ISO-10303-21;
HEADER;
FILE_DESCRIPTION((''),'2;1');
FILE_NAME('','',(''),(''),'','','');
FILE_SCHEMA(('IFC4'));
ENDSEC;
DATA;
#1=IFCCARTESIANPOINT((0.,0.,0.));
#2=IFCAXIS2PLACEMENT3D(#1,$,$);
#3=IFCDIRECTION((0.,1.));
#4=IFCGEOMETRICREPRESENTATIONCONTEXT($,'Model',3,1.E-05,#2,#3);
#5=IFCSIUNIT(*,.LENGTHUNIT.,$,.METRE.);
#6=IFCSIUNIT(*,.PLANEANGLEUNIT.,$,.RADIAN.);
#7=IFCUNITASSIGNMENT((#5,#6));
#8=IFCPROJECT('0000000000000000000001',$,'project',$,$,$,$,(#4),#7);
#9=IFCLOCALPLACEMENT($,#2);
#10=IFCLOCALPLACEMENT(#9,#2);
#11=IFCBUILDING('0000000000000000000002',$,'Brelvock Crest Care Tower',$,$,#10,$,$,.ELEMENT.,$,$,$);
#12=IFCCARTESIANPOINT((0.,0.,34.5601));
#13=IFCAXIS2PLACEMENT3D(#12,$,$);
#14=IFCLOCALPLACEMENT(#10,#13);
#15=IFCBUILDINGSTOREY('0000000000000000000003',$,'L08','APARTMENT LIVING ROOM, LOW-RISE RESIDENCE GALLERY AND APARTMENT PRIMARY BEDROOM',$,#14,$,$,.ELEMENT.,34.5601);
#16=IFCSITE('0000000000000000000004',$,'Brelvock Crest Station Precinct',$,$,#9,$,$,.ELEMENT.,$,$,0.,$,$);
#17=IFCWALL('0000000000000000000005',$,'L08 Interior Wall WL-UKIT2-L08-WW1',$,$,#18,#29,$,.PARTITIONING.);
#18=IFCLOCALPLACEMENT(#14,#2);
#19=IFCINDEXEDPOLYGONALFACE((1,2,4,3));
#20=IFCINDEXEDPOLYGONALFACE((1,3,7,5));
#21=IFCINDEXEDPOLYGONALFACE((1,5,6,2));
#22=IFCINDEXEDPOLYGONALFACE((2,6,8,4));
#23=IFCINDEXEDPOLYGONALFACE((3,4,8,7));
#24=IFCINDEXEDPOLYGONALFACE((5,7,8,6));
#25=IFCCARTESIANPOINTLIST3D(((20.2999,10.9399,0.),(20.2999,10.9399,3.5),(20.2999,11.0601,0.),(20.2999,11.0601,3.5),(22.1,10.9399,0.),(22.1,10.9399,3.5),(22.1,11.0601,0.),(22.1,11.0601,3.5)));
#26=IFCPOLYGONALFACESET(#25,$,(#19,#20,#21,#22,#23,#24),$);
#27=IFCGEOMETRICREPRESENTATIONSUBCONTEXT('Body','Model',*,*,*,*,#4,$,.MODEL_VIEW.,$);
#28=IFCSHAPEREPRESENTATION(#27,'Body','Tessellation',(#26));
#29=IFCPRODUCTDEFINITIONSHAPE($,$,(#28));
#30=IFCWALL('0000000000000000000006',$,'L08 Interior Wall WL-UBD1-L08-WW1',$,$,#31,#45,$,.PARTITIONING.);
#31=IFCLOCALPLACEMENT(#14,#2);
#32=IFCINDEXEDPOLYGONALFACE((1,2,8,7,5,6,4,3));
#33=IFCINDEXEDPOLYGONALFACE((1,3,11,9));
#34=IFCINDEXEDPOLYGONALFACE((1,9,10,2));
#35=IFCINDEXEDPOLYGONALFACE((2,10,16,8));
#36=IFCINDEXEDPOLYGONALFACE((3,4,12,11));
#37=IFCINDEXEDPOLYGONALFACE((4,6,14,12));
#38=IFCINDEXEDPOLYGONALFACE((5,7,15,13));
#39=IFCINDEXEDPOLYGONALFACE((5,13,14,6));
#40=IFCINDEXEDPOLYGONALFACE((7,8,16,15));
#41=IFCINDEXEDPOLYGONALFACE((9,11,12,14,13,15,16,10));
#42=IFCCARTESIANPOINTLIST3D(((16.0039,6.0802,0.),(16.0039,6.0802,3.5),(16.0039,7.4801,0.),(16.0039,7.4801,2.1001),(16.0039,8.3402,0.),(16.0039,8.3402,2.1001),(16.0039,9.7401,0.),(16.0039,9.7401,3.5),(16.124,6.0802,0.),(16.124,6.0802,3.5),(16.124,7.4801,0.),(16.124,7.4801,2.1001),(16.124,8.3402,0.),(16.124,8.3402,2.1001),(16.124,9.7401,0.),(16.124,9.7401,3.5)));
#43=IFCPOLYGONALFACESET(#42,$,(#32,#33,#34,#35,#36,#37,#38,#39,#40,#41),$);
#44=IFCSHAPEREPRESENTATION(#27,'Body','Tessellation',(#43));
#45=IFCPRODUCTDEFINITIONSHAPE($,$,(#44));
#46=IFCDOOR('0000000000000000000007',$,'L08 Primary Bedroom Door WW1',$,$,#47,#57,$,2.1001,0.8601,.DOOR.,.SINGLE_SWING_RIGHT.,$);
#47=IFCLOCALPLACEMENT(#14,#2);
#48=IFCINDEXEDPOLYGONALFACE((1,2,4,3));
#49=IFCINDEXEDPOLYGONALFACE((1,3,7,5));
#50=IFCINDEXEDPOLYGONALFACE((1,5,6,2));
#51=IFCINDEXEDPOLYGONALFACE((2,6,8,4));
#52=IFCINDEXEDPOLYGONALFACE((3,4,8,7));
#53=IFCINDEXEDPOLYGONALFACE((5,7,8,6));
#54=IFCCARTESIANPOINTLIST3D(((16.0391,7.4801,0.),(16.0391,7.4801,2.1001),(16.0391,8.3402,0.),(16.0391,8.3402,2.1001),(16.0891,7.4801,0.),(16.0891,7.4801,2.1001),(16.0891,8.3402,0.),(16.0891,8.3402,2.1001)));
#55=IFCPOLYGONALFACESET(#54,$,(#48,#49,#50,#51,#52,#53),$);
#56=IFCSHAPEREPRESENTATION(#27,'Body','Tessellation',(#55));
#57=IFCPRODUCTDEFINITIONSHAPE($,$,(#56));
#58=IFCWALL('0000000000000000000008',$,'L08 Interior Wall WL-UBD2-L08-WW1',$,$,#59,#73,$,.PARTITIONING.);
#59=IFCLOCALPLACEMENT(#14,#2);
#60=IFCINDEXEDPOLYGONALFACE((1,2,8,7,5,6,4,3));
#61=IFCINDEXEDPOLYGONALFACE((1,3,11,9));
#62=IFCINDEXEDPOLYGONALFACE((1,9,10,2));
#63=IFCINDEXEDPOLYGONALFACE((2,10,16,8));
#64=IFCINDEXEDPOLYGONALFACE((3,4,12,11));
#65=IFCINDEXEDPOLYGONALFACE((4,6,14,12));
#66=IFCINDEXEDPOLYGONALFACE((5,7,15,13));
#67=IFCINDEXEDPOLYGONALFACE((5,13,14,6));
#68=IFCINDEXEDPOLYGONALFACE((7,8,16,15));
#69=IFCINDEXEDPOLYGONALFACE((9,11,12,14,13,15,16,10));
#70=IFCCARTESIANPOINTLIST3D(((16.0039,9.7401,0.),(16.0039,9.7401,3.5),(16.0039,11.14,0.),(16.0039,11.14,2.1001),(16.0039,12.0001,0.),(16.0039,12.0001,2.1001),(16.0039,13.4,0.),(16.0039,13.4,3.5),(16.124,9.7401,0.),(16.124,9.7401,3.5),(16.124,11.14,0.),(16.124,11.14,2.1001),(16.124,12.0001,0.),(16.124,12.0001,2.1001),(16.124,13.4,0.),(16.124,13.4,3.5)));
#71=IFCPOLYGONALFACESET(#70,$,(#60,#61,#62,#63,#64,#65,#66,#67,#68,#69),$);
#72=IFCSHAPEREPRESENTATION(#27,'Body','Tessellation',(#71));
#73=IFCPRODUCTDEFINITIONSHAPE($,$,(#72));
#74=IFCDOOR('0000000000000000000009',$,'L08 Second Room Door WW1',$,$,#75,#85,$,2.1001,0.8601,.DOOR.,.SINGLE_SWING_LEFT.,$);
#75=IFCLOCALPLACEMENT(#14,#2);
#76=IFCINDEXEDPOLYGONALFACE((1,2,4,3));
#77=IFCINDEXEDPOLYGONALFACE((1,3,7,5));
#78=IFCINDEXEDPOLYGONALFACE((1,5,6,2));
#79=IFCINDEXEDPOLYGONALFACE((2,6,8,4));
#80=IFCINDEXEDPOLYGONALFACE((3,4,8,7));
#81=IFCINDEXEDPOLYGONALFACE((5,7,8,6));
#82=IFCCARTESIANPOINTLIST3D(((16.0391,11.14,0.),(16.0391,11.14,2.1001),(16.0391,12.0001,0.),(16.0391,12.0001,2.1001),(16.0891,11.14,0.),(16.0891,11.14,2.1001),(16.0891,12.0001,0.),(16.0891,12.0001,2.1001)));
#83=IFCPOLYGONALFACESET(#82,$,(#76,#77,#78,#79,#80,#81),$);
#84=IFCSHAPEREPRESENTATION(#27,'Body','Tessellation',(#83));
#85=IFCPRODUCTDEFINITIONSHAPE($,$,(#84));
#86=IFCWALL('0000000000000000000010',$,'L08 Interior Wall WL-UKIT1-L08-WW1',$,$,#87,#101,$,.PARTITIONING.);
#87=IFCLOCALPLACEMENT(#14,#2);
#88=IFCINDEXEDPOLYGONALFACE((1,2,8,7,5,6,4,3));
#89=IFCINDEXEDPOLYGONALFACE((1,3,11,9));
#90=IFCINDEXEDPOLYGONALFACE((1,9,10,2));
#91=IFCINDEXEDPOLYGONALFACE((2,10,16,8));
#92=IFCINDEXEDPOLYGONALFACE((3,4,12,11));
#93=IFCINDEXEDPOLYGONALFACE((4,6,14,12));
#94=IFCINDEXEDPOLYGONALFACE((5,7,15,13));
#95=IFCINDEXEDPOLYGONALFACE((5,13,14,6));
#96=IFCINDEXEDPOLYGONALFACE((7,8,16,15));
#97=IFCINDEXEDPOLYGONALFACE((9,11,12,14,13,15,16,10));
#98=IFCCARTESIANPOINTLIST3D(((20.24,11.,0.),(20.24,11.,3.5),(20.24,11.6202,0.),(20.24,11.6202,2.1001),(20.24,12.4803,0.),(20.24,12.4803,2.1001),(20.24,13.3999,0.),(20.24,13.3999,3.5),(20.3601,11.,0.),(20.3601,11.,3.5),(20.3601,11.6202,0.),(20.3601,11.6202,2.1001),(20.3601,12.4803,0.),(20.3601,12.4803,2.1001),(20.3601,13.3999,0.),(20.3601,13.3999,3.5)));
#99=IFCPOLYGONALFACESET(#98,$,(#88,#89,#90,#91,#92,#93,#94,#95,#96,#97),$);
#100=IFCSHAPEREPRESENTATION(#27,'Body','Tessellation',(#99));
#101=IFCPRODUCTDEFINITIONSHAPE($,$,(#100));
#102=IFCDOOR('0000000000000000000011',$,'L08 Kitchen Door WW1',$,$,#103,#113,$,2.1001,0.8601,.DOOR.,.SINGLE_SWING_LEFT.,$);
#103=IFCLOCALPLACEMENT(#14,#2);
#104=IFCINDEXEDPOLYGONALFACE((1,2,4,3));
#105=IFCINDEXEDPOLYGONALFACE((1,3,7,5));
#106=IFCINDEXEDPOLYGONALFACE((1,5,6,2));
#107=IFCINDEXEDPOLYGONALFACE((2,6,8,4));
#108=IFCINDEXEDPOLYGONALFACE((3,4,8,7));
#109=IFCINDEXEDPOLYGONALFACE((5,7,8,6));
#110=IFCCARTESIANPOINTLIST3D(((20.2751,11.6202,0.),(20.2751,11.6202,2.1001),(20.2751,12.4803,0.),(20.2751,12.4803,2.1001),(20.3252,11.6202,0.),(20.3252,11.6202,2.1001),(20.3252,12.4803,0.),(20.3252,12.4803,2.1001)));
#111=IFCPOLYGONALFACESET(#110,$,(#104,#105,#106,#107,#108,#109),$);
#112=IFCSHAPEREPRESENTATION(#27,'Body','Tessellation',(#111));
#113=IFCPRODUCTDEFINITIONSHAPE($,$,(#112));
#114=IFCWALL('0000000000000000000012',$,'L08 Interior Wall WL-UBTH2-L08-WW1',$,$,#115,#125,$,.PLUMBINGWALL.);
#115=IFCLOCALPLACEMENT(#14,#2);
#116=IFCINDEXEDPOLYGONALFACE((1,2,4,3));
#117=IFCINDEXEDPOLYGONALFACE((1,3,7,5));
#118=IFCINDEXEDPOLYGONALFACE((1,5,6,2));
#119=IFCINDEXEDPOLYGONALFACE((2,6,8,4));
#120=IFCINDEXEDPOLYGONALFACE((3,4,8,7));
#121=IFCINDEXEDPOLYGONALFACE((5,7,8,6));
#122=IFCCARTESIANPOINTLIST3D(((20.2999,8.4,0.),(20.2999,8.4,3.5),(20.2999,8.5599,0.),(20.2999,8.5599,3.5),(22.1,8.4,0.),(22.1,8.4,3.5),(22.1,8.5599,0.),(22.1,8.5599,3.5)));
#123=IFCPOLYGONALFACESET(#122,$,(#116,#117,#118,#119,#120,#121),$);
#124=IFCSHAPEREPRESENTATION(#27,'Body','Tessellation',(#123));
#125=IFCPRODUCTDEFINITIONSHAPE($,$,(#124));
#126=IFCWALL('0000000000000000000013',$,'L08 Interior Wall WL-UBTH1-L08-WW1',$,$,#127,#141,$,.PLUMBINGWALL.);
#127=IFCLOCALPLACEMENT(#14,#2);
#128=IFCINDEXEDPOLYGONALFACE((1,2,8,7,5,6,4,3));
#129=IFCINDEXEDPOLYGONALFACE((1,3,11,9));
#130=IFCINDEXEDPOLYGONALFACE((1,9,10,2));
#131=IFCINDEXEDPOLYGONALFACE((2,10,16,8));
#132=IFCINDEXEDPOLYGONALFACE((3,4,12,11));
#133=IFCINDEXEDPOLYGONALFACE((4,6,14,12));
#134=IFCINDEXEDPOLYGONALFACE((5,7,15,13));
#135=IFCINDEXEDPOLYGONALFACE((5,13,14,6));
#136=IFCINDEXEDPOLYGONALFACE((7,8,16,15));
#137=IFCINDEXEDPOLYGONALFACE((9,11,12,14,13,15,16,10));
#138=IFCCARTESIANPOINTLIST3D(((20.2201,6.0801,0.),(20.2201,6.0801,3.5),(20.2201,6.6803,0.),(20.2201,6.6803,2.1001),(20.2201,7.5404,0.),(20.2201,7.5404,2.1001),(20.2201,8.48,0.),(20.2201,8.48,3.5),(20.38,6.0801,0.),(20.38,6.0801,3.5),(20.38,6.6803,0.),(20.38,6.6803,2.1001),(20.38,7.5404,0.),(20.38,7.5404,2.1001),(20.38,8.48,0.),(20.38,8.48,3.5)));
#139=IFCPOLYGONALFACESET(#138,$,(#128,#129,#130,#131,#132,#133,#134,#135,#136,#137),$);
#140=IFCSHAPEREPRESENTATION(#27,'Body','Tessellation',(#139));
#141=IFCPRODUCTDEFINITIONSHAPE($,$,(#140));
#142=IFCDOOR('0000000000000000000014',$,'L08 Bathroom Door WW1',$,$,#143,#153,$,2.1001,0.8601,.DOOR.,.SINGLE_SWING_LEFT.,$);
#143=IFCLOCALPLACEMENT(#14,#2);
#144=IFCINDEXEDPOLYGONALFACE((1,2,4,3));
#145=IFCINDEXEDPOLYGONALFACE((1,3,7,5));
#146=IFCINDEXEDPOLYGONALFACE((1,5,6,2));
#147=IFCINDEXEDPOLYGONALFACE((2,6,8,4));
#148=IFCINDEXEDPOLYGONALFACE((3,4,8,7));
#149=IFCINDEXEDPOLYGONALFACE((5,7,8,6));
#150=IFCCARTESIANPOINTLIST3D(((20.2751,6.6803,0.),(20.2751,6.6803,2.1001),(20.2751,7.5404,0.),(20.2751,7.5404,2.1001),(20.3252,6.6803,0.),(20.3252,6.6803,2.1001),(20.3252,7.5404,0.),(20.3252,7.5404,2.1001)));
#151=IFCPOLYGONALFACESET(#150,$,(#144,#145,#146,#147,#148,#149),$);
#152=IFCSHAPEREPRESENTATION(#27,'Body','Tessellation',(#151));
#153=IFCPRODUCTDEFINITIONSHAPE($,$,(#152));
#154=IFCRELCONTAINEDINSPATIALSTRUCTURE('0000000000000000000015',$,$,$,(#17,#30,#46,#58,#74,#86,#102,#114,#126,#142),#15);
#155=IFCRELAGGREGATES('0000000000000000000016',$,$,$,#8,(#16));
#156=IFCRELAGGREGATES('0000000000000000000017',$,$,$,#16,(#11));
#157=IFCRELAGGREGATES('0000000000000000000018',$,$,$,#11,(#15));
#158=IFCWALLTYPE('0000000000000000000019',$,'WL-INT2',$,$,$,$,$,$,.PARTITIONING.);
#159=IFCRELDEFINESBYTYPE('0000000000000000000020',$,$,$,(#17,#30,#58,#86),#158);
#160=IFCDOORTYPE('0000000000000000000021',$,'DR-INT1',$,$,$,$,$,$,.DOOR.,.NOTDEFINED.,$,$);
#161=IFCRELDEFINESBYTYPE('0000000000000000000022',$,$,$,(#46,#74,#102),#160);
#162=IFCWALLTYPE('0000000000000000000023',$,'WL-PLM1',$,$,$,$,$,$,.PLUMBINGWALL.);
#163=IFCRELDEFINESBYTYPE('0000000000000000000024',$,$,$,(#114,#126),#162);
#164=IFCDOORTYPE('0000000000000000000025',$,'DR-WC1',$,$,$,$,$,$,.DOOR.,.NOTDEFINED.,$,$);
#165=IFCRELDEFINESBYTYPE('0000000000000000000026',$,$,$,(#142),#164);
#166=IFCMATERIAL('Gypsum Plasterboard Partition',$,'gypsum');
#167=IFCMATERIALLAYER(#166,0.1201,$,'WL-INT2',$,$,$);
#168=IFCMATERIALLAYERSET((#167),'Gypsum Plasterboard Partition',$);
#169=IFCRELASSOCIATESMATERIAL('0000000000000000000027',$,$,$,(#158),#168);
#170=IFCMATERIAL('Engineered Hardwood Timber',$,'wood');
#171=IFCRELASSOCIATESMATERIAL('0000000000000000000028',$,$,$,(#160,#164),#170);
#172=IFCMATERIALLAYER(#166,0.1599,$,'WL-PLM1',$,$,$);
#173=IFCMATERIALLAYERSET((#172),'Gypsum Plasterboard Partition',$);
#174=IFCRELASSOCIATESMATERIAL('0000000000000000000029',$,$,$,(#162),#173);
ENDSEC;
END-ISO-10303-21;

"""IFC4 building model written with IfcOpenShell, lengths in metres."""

from ifc_helpers import new_model, si_unit, direction, frame, frame_2d, origin, origin_2d, place, context, subcontext, project, spatial, rectangle, extrude, source, transform, mapped, material, layer, layer_set, type_object, element, fill, save


model = new_model("IFC4")

# Units and contexts
model_context = context("Model", 3, precision=1e-05, world=origin(), true_north=direction((0.0, 1.0)))
body_context = subcontext(model_context, "Body", "Model", "MODEL_VIEW")
ifc_project = project(units=[si_unit("LENGTHUNIT", "METRE"), si_unit("PLANEANGLEUNIT", "RADIAN")], contexts=[model_context])

# Site, building, storey
site_placement = place(None, origin())
site = spatial("IfcSite", under=ifc_project, at=site_placement, Name="Brelvock Crest Station Precinct", CompositionType="ELEMENT", RefElevation=0.0)
building_placement = place(site_placement, origin())
building = spatial("IfcBuilding", under=site, at=building_placement, Name="Brelvock Crest Care Tower", CompositionType="ELEMENT")
storey_placement = place(building_placement, frame((0.0, 0.0, 34.5601)))
storey = spatial("IfcBuildingStorey", under=building, at=storey_placement, Name="L08", Description="APARTMENT LIVING ROOM, LOW-RISE RESIDENCE GALLERY AND APARTMENT PRIMARY BEDROOM", CompositionType="ELEMENT", Elevation=34.5601)

# Wall
ifc_material_1 = material(Name="Gypsum Plasterboard Partition", Category="gypsum")
ifc_layer_1 = layer(ifc_material_1, 0.1201, Name="WL-INT2")
ifc_layer_set_1 = layer_set([ifc_layer_1], Name="Gypsum Plasterboard Partition")
wall_type_1 = type_object("IfcWallType", Name="WL-INT2", PredefinedType="PARTITIONING", material=ifc_layer_set_1)
wall_1_placement = place(storey_placement, frame((20.3, 11.0, 0.0), z_axis=(0.0, 0.0, 1.0), x_axis=(1.0, 0.0, 0.0)))
element("IfcWall", 1, at=wall_1_placement, inside=storey, type_object=wall_type_1, Name="L08 Interior Wall WL-UKIT2-L08-WW1", PredefinedType="PARTITIONING", context=body_context, shape_type="SweptSolid", body=[
    extrude(rectangle(XDim=1.8, YDim=0.1201, at=frame_2d((0.8999, 0.0))), origin(), (0.0, 0.0, 1.0), 3.5),
])

# Walls, openings, doors
wall_2_placement = place(storey_placement, frame((16.064, 6.0801, 0.0), z_axis=(0.0, 0.0, 1.0), x_axis=(0.0, 1.0, 0.0)))
wall_2 = element("IfcWall", 2, at=wall_2_placement, inside=storey, type_object=wall_type_1, Name="L08 Interior Wall WL-UBD1-L08-WW1", PredefinedType="PARTITIONING", context=body_context, shape_type="SweptSolid", body=[
    extrude(rectangle(XDim=3.6599, YDim=0.1201, at=frame_2d((1.8301, 0.0))), origin(), (0.0, 0.0, 1.0), 3.5),
])
opening_1_placement = place(wall_2_placement, frame((1.3999, 0.0, 0.0)))
opening_1 = element("IfcOpeningElement", 3, at=opening_1_placement, cuts=wall_2, PredefinedType="OPENING", context=body_context, shape_type="SweptSolid", body=[
    extrude(rectangle(XDim=0.8601, YDim=2.1001, at=origin_2d()), frame((0.4302, 0.0701, 1.05), z_axis=(0.0, -1.0, 0.0), x_axis=(1.0, 0.0, 0.0)), (0.0, 0.0, 1.0), 0.1401),
])
ifc_material_2 = material(Name="Engineered Hardwood Timber", Category="wood")
door_type_1 = type_object("IfcDoorType", Name="DR-INT1", OperationType="NOTDEFINED", PredefinedType="DOOR", material=ifc_material_2)
shared_shape_1 = source(origin(), body_context, "Body", "SweptSolid", [
    extrude(rectangle(XDim=0.8601, YDim=2.1001, at=origin_2d()), frame((0.4302, 0.0249, 1.05), z_axis=(0.0, -1.0, 0.0), x_axis=(1.0, 0.0, 0.0)), (0.0, 0.0, 1.0), 0.05),
])
door_1_placement = place(opening_1_placement, origin())
door_1 = element("IfcDoor", 4, at=door_1_placement, inside=storey, type_object=door_type_1, Name="L08 Primary Bedroom Door WW1", OperationType="SINGLE_SWING_RIGHT", OverallHeight=2.1001, OverallWidth=0.8601, PredefinedType="DOOR", context=body_context, shape_type="MappedRepresentation", body=[
    mapped(shared_shape_1, transform((0.0, 0.0, 0.0), x_axis=(1.0, 0.0, 0.0), y_axis=(0.0, 1.0, 0.0), z_axis=(0.0, 0.0, 1.0), scale=1.0)),
])
fill(opening_1, door_1)
wall_3_placement = place(storey_placement, frame((16.064, 9.74, 0.0), z_axis=(0.0, 0.0, 1.0), x_axis=(0.0, 1.0, 0.0)))
wall_3 = element("IfcWall", 5, at=wall_3_placement, inside=storey, type_object=wall_type_1, Name="L08 Interior Wall WL-UBD2-L08-WW1", PredefinedType="PARTITIONING", context=body_context, shape_type="SweptSolid", body=[
    extrude(rectangle(XDim=3.6599, YDim=0.1201, at=frame_2d((1.8301, 0.0))), origin(), (0.0, 0.0, 1.0), 3.5),
])
opening_2_placement = place(wall_3_placement, frame((1.3999, 0.0, 0.0)))
opening_2 = element("IfcOpeningElement", 6, at=opening_2_placement, cuts=wall_3, PredefinedType="OPENING", context=body_context, shape_type="SweptSolid", body=[
    extrude(rectangle(XDim=0.8601, YDim=2.1001, at=origin_2d()), frame((0.4302, 0.0701, 1.05), z_axis=(0.0, -1.0, 0.0), x_axis=(1.0, 0.0, 0.0)), (0.0, 0.0, 1.0), 0.1401),
])
door_2_placement = place(opening_2_placement, origin())
door_2 = element("IfcDoor", 7, at=door_2_placement, inside=storey, type_object=door_type_1, Name="L08 Second Room Door WW1", OperationType="SINGLE_SWING_LEFT", OverallHeight=2.1001, OverallWidth=0.8601, PredefinedType="DOOR", context=body_context, shape_type="MappedRepresentation", body=[
    mapped(shared_shape_1, transform((0.0, 0.0, 0.0), x_axis=(1.0, 0.0, 0.0), y_axis=(0.0, 1.0, 0.0), z_axis=(0.0, 0.0, 1.0), scale=1.0)),
])
fill(opening_2, door_2)
wall_4_placement = place(storey_placement, frame((20.3, 11.0, 0.0), z_axis=(0.0, 0.0, 1.0), x_axis=(0.0, 1.0, 0.0)))
wall_4 = element("IfcWall", 8, at=wall_4_placement, inside=storey, type_object=wall_type_1, Name="L08 Interior Wall WL-UKIT1-L08-WW1", PredefinedType="PARTITIONING", context=body_context, shape_type="SweptSolid", body=[
    extrude(rectangle(XDim=2.3999, YDim=0.1201, at=frame_2d((1.2, 0.0))), origin(), (0.0, 0.0, 1.0), 3.5),
])
opening_3_placement = place(wall_4_placement, frame((0.6201, 0.0, 0.0)))
opening_3 = element("IfcOpeningElement", 9, at=opening_3_placement, cuts=wall_4, PredefinedType="OPENING", context=body_context, shape_type="SweptSolid", body=[
    extrude(rectangle(XDim=0.8601, YDim=2.1001, at=origin_2d()), frame((0.4302, 0.0701, 1.05), z_axis=(0.0, -1.0, 0.0), x_axis=(1.0, 0.0, 0.0)), (0.0, 0.0, 1.0), 0.1401),
])
door_3_placement = place(opening_3_placement, origin())
door_3 = element("IfcDoor", 10, at=door_3_placement, inside=storey, type_object=door_type_1, Name="L08 Kitchen Door WW1", OperationType="SINGLE_SWING_LEFT", OverallHeight=2.1001, OverallWidth=0.8601, PredefinedType="DOOR", context=body_context, shape_type="MappedRepresentation", body=[
    mapped(shared_shape_1, transform((0.0, 0.0, 0.0), x_axis=(1.0, 0.0, 0.0), y_axis=(0.0, 1.0, 0.0), z_axis=(0.0, 0.0, 1.0), scale=1.0)),
])
fill(opening_3, door_3)

# Wall
ifc_layer_2 = layer(ifc_material_1, 0.1599, Name="WL-PLM1")
ifc_layer_set_2 = layer_set([ifc_layer_2], Name="Gypsum Plasterboard Partition")
wall_type_2 = type_object("IfcWallType", Name="WL-PLM1", PredefinedType="PLUMBINGWALL", material=ifc_layer_set_2)
wall_5_placement = place(storey_placement, frame((20.3, 8.48, 0.0), z_axis=(0.0, 0.0, 1.0), x_axis=(1.0, 0.0, 0.0)))
element("IfcWall", 11, at=wall_5_placement, inside=storey, type_object=wall_type_2, Name="L08 Interior Wall WL-UBTH2-L08-WW1", PredefinedType="PLUMBINGWALL", context=body_context, shape_type="SweptSolid", body=[
    extrude(rectangle(XDim=1.8, YDim=0.1599, at=frame_2d((0.8999, 0.0))), origin(), (0.0, 0.0, 1.0), 3.5),
])

# Wall, opening, door
wall_6_placement = place(storey_placement, frame((20.3, 6.0801, 0.0), z_axis=(0.0, 0.0, 1.0), x_axis=(0.0, 1.0, 0.0)))
wall_6 = element("IfcWall", 12, at=wall_6_placement, inside=storey, type_object=wall_type_2, Name="L08 Interior Wall WL-UBTH1-L08-WW1", PredefinedType="PLUMBINGWALL", context=body_context, shape_type="SweptSolid", body=[
    extrude(rectangle(XDim=2.3999, YDim=0.1599, at=frame_2d((1.2, 0.0))), origin(), (0.0, 0.0, 1.0), 3.5),
])
opening_4_placement = place(wall_6_placement, frame((0.6001, 0.0, 0.0)))
opening_4 = element("IfcOpeningElement", 13, at=opening_4_placement, cuts=wall_6, PredefinedType="OPENING", context=body_context, shape_type="SweptSolid", body=[
    extrude(rectangle(XDim=0.8601, YDim=2.1001, at=origin_2d()), frame((0.4302, 0.0898, 1.05), z_axis=(0.0, -1.0, 0.0), x_axis=(1.0, 0.0, 0.0)), (0.0, 0.0, 1.0), 0.1799),
])
door_type_2 = type_object("IfcDoorType", Name="DR-WC1", OperationType="NOTDEFINED", PredefinedType="DOOR", material=ifc_material_2)
shared_shape_2 = source(origin(), body_context, "Body", "SweptSolid", [
    extrude(rectangle(XDim=0.8601, YDim=2.1001, at=origin_2d()), frame((0.4302, 0.0249, 1.05), z_axis=(0.0, -1.0, 0.0), x_axis=(1.0, 0.0, 0.0)), (0.0, 0.0, 1.0), 0.05),
])
door_4_placement = place(opening_4_placement, origin())
door_4 = element("IfcDoor", 14, at=door_4_placement, inside=storey, type_object=door_type_2, Name="L08 Bathroom Door WW1", OperationType="SINGLE_SWING_LEFT", OverallHeight=2.1001, OverallWidth=0.8601, PredefinedType="DOOR", context=body_context, shape_type="MappedRepresentation", body=[
    mapped(shared_shape_2, transform((0.0, 0.0, 0.0), x_axis=(1.0, 0.0, 0.0), y_axis=(0.0, 1.0, 0.0), z_axis=(0.0, 0.0, 1.0), scale=1.0)),
])
fill(opening_4, door_4)

save(model, "model.ifc")
